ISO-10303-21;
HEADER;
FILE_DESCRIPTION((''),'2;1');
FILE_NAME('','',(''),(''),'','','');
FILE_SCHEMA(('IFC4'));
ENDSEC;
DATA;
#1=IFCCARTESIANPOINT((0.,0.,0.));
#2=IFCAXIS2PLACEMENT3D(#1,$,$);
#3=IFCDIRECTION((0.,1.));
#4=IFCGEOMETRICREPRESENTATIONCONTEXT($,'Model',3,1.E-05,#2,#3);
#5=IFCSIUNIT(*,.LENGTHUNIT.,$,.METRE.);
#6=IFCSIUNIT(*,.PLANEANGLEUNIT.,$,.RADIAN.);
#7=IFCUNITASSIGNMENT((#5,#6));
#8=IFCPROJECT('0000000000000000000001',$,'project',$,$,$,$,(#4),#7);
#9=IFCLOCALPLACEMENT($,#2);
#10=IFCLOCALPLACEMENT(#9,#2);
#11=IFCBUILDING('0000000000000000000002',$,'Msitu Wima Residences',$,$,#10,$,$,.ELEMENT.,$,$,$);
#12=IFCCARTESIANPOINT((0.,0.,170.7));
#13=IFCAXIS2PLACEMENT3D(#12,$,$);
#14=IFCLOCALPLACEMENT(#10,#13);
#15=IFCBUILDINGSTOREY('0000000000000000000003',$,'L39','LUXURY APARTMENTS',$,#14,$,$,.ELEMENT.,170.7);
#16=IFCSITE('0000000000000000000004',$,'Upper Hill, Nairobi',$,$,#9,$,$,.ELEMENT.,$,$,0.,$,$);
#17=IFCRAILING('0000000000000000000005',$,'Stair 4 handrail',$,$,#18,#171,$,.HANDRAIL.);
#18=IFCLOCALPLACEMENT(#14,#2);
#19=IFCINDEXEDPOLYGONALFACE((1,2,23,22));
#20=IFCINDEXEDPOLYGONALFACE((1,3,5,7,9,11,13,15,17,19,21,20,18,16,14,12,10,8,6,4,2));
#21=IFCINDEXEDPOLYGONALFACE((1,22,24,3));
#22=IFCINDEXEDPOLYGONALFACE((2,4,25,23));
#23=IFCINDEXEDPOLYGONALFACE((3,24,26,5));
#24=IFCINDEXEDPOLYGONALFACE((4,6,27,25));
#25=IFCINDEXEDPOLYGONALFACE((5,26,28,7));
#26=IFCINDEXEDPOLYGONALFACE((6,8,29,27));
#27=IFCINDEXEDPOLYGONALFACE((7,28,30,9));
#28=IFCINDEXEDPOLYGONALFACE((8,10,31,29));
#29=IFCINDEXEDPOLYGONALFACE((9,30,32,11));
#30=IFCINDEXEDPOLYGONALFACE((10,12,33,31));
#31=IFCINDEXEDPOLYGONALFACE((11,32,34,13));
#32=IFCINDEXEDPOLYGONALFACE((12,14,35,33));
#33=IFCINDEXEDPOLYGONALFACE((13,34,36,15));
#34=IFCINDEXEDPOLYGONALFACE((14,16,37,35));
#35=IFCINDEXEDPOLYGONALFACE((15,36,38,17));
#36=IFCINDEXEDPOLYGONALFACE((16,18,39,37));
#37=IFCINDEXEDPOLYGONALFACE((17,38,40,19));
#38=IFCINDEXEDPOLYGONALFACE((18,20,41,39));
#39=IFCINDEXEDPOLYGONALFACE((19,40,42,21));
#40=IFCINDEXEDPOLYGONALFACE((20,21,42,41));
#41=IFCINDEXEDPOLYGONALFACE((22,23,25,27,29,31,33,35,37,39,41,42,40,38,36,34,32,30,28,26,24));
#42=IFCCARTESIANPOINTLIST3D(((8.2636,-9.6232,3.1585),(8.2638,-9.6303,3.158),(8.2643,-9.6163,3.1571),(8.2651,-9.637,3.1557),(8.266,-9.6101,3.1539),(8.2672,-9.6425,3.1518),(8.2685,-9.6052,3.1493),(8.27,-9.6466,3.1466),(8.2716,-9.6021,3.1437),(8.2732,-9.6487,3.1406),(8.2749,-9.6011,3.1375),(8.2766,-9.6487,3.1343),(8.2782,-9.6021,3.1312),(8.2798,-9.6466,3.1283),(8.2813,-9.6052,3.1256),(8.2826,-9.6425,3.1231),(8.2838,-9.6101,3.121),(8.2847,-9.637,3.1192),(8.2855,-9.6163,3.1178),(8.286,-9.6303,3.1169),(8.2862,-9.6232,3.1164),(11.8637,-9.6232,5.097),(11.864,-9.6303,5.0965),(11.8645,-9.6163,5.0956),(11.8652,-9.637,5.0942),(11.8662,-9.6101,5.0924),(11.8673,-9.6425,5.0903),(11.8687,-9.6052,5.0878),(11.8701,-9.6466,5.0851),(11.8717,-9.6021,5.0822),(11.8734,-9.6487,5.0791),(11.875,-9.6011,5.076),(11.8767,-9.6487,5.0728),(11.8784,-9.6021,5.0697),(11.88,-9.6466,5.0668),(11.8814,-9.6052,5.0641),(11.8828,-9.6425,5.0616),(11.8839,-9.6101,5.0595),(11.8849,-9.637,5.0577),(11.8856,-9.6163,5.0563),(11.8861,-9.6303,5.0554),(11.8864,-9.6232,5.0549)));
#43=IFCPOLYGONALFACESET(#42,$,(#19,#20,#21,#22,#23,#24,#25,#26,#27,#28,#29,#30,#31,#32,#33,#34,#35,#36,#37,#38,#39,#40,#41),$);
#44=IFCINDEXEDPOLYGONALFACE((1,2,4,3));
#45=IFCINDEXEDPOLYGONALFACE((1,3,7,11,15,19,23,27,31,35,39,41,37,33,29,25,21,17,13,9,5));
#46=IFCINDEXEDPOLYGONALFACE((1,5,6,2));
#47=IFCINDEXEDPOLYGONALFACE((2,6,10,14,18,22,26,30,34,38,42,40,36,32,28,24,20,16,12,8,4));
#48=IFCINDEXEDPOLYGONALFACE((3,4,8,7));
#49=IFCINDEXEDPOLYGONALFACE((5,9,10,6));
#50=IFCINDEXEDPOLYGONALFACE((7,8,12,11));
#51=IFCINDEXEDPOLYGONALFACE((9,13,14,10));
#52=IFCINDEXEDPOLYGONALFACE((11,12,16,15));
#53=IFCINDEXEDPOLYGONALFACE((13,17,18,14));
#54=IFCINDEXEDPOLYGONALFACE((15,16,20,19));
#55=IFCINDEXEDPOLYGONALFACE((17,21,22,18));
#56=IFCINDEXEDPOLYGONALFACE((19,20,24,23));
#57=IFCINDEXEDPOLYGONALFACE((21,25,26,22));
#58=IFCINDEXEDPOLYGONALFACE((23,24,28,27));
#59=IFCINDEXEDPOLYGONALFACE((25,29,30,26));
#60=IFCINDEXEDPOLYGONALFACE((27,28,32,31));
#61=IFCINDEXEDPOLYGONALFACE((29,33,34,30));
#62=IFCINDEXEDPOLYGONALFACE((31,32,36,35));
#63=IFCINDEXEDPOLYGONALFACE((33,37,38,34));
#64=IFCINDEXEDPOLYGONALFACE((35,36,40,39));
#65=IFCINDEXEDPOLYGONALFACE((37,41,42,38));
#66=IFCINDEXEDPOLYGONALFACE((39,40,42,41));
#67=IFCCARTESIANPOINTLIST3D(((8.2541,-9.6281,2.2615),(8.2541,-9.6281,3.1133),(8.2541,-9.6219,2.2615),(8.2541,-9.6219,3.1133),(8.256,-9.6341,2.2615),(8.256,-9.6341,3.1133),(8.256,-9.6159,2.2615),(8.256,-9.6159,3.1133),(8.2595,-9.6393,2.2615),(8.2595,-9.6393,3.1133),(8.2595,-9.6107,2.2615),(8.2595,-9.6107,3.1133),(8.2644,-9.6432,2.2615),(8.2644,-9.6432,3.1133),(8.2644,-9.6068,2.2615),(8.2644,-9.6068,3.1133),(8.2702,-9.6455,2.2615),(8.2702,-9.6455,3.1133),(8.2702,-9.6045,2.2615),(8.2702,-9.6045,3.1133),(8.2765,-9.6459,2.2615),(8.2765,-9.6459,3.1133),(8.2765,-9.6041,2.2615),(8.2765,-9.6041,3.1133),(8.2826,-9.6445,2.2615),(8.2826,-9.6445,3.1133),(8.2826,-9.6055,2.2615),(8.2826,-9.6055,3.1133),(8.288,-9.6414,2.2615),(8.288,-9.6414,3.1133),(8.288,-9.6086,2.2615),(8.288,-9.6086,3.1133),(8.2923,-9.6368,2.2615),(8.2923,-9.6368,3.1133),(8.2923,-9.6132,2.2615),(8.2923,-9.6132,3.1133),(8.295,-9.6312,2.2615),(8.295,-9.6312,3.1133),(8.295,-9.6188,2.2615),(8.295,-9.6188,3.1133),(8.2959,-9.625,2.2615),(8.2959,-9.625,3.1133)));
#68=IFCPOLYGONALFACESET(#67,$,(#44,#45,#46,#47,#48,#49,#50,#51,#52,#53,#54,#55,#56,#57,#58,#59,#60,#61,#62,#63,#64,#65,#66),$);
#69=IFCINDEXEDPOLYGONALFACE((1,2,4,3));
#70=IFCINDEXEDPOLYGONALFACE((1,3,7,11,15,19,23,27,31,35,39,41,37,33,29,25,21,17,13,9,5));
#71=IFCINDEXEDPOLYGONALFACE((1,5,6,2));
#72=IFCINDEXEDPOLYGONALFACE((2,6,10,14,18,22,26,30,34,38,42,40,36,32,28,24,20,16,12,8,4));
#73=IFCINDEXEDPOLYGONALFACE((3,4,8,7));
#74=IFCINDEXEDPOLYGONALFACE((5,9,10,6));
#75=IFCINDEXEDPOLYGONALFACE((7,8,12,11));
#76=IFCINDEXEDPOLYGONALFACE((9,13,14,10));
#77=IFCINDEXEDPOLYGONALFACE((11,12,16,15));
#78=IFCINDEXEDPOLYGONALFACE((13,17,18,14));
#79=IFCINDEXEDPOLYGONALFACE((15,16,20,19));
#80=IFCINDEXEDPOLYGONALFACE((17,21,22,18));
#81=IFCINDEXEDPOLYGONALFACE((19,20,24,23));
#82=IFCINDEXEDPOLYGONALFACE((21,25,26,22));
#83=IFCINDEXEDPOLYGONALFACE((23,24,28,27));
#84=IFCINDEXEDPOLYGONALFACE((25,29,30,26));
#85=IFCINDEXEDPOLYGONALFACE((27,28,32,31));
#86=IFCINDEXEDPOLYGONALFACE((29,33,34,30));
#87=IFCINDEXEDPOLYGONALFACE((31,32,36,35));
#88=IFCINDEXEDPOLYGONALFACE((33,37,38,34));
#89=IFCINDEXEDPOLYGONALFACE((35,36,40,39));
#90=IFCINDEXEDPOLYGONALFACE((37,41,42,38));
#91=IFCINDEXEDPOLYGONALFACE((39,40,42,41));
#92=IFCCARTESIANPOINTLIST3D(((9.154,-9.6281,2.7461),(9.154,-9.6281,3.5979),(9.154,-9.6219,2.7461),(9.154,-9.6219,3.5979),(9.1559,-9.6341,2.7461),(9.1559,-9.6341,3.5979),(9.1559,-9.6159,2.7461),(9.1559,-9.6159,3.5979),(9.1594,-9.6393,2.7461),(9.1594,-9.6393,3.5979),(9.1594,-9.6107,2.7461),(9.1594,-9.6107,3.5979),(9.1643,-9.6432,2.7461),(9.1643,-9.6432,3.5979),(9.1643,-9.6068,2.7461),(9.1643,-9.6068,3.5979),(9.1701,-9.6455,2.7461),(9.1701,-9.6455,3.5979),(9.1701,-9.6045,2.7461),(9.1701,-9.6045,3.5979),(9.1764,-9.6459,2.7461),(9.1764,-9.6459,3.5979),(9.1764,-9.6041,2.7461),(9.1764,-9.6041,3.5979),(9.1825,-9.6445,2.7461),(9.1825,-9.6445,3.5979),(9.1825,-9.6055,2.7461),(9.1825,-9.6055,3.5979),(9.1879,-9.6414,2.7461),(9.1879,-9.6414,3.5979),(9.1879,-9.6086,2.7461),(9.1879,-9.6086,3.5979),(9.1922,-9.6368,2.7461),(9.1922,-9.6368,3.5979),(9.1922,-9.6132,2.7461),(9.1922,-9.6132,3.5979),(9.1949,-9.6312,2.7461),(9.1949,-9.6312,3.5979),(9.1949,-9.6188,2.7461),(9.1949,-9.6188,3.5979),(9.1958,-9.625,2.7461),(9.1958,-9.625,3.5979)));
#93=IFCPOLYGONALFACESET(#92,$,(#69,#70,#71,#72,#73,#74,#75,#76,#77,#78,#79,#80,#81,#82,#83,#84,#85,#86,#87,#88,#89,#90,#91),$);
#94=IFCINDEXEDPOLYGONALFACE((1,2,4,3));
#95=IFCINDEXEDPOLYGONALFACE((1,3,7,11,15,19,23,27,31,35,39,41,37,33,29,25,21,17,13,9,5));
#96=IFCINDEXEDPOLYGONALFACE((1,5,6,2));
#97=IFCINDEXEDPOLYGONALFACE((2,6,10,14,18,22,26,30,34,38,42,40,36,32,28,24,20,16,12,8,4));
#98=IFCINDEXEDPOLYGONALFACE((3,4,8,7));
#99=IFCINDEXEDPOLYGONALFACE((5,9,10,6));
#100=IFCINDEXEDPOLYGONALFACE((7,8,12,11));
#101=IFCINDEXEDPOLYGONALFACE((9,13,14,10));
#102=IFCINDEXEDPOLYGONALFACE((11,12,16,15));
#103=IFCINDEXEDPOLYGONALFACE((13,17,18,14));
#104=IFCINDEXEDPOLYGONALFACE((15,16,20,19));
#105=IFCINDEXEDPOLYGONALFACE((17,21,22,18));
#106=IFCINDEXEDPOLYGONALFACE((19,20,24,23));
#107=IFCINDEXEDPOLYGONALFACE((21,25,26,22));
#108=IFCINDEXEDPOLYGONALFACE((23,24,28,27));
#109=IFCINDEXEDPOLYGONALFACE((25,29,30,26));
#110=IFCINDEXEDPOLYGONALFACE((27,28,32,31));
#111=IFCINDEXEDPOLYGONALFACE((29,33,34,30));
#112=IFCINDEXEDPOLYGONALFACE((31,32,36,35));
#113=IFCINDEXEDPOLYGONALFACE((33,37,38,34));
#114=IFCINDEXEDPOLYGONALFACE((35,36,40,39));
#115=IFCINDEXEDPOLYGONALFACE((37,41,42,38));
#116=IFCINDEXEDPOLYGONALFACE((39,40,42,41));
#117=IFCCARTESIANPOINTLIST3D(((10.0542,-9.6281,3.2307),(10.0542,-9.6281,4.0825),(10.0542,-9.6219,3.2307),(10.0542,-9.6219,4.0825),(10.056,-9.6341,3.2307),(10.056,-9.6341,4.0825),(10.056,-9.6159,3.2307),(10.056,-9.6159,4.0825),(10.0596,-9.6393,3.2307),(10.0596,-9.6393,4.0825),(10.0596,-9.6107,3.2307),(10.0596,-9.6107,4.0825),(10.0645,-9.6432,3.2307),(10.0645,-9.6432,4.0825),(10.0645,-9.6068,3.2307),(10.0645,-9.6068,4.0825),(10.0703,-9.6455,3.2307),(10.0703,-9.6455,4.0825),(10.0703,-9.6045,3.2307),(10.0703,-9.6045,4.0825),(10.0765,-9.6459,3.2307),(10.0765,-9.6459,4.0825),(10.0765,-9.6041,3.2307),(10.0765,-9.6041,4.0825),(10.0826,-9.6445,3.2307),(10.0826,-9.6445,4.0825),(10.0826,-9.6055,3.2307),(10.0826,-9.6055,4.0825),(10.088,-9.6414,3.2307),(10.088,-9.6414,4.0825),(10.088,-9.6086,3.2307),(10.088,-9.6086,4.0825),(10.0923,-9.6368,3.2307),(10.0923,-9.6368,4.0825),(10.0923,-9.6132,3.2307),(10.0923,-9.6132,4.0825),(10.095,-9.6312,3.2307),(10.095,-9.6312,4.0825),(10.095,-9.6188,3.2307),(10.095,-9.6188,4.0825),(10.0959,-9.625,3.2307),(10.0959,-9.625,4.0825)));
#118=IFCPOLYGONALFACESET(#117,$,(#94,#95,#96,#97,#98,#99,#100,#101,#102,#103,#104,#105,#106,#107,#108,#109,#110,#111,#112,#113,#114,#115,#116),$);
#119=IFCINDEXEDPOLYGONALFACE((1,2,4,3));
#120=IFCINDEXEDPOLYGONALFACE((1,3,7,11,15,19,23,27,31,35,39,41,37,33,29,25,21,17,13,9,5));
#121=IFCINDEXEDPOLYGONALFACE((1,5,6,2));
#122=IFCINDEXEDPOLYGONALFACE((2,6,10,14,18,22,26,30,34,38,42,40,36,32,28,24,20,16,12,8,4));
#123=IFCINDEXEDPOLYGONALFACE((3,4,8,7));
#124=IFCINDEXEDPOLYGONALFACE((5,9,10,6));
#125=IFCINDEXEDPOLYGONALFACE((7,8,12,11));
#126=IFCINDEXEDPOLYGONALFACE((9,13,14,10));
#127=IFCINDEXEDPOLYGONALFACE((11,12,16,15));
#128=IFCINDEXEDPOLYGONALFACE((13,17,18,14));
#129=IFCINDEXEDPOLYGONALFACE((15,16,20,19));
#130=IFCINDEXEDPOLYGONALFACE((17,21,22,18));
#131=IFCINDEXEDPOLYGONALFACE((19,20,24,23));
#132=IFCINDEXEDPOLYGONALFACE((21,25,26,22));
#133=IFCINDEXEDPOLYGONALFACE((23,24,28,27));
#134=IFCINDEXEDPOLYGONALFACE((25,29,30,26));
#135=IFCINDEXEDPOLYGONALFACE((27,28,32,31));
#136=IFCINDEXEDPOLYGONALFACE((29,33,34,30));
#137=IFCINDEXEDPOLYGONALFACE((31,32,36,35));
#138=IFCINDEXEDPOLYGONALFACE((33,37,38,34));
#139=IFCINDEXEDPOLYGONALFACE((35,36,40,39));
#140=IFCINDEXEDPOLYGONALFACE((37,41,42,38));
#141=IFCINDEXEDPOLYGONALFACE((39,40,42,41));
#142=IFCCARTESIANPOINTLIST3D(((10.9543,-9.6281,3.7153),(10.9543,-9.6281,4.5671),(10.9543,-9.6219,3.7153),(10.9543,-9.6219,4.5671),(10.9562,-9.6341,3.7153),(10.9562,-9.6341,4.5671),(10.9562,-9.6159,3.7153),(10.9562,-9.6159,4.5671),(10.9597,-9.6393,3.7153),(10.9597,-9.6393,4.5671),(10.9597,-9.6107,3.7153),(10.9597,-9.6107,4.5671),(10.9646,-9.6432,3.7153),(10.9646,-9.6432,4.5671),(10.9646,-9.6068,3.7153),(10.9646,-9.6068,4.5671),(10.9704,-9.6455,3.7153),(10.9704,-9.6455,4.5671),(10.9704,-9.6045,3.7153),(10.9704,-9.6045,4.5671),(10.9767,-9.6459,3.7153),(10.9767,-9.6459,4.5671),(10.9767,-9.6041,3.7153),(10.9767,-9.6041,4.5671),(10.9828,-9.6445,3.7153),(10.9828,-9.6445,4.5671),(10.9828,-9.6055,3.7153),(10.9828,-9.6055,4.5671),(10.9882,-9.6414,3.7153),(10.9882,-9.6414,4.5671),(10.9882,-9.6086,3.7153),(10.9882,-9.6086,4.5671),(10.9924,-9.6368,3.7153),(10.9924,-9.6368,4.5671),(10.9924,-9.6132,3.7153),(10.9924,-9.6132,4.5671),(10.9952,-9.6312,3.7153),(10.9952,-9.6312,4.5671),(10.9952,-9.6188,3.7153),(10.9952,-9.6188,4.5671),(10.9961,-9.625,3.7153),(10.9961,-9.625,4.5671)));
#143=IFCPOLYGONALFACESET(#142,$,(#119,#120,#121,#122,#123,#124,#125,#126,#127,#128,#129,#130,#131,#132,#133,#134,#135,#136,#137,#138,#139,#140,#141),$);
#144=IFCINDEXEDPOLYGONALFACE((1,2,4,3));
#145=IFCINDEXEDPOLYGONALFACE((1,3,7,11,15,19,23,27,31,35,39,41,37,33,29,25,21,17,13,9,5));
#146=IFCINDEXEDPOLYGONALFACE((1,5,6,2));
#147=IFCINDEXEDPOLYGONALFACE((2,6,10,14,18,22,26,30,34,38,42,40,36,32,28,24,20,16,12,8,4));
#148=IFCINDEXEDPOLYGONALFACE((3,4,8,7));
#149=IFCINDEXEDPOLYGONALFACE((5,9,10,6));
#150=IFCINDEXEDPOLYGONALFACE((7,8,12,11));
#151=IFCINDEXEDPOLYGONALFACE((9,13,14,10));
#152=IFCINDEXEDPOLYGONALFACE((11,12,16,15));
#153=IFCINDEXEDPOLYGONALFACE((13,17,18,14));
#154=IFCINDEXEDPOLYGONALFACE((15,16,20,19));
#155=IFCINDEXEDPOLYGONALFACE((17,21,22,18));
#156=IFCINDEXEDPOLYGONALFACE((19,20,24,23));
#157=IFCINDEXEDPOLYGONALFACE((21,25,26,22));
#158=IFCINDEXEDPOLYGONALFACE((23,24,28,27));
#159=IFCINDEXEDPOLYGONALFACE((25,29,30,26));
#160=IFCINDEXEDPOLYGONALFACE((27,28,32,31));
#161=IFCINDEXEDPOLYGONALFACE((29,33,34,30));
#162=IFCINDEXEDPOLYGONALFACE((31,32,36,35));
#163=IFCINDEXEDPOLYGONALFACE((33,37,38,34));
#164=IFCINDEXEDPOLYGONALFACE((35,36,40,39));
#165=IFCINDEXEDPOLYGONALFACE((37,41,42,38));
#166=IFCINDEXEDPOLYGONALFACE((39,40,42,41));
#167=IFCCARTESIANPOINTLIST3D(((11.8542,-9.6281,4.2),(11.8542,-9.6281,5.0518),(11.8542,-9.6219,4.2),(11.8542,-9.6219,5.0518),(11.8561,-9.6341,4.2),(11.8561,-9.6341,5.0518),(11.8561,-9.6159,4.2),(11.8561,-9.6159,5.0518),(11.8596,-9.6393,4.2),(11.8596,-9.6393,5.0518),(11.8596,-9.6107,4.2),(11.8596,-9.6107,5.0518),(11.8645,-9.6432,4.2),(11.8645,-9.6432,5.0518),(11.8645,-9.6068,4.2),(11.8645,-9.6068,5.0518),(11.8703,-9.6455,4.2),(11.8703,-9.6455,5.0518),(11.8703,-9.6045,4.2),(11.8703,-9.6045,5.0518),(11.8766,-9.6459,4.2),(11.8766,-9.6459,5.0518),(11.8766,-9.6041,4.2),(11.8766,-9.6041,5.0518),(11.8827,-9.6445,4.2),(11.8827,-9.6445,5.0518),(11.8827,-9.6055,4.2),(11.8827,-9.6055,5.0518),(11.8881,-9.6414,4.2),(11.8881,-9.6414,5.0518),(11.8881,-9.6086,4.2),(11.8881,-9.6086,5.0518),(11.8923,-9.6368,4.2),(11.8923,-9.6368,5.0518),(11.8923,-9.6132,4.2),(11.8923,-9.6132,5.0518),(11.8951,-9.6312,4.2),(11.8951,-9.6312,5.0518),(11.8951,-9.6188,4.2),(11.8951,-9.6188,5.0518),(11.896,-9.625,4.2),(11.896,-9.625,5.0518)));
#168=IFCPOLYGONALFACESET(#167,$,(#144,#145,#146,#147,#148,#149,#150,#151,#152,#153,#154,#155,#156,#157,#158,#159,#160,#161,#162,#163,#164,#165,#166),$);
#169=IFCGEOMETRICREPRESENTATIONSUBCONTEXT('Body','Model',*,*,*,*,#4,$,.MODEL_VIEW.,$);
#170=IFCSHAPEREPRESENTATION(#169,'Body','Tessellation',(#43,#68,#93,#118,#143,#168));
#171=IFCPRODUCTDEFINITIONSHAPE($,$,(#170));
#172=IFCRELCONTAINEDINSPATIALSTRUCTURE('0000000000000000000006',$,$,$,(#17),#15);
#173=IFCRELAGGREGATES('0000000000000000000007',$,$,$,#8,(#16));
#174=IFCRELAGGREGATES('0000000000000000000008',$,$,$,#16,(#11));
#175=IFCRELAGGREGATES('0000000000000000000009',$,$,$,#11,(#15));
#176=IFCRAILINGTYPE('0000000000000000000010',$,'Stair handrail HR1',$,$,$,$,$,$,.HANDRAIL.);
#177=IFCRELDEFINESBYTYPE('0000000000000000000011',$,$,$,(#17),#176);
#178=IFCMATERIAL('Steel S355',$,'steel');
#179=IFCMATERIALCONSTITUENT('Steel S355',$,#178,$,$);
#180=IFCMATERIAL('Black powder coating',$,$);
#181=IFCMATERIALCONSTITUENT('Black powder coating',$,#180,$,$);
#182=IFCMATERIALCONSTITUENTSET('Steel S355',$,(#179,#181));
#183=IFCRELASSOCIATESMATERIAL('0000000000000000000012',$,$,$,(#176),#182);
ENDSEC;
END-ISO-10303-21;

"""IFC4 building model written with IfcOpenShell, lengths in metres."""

from ifc_helpers import new_model, si_unit, direction, frame, origin, origin_2d, place, context, subcontext, project, spatial, circle, extrude, material, constituent, constituent_set, type_object, element, save


model = new_model("IFC4")

# Units and contexts
model_context = context("Model", 3, precision=1e-05, world=origin(), true_north=direction((0.0, 1.0)))
body_context = subcontext(model_context, "Body", "Model", "MODEL_VIEW")
ifc_project = project(units=[si_unit("LENGTHUNIT", "METRE"), si_unit("PLANEANGLEUNIT", "RADIAN")], contexts=[model_context])

# Site, building, storey
site_placement = place(None, origin())
site = spatial("IfcSite", under=ifc_project, at=site_placement, Name="Upper Hill, Nairobi", CompositionType="ELEMENT", RefElevation=0.0)
building_placement = place(site_placement, origin())
building = spatial("IfcBuilding", under=site, at=building_placement, Name="Msitu Wima Residences", CompositionType="ELEMENT")
storey_placement = place(building_placement, frame((0.0, 0.0, 170.7)))
storey = spatial("IfcBuildingStorey", under=building, at=storey_placement, Name="L39", Description="LUXURY APARTMENTS", CompositionType="ELEMENT", Elevation=170.7)

# Railing
ifc_material_1 = material(Name="Steel S355", Category="steel")
ifc_constituent_1 = constituent(ifc_material_1, Name="Steel S355")
ifc_material_2 = material(Name="Black powder coating")
ifc_constituent_2 = constituent(ifc_material_2, Name="Black powder coating")
ifc_constituent_set = constituent_set(constituents=[ifc_constituent_1, ifc_constituent_2], Name="Steel S355")
railing_type = type_object("IfcRailingType", Name="Stair handrail HR1", PredefinedType="HANDRAIL", material=ifc_constituent_set)
for number, where, name in (
    (1, (8.2749, -9.625, 2.2615), "Stair 4 handrail"),
):
    element("IfcRailing", number, at=place(storey_placement, frame(where)), inside=storey, type_object=railing_type, Name=name, PredefinedType="HANDRAIL", context=body_context, shape_type="SweptSolid", body=[
        extrude(circle(Radius=0.0239, at=origin_2d()), frame((0.0, 0.0, 0.876), z_axis=(0.880475, 0.0, 0.474093), x_axis=(0.0, 1.0, 0.0)), (0.0, 0.0, 1.0), 4.0889),
        extrude(circle(Radius=0.021, at=origin_2d()), origin(), (0.0, 0.0, 1.0), 0.8518),
        extrude(circle(Radius=0.021, at=origin_2d()), frame((0.8999, 0.0, 0.4846)), (0.0, 0.0, 1.0), 0.8518),
        extrude(circle(Radius=0.021, at=origin_2d()), frame((1.8, 0.0, 0.9692)), (0.0, 0.0, 1.0), 0.8518),
        extrude(circle(Radius=0.021, at=origin_2d()), frame((2.7002, 0.0, 1.4539)), (0.0, 0.0, 1.0), 0.8518),
        extrude(circle(Radius=0.021, at=origin_2d()), frame((3.6001, 0.0, 1.9385)), (0.0, 0.0, 1.0), 0.8518),
    ])

save(model, "model.ifc")
